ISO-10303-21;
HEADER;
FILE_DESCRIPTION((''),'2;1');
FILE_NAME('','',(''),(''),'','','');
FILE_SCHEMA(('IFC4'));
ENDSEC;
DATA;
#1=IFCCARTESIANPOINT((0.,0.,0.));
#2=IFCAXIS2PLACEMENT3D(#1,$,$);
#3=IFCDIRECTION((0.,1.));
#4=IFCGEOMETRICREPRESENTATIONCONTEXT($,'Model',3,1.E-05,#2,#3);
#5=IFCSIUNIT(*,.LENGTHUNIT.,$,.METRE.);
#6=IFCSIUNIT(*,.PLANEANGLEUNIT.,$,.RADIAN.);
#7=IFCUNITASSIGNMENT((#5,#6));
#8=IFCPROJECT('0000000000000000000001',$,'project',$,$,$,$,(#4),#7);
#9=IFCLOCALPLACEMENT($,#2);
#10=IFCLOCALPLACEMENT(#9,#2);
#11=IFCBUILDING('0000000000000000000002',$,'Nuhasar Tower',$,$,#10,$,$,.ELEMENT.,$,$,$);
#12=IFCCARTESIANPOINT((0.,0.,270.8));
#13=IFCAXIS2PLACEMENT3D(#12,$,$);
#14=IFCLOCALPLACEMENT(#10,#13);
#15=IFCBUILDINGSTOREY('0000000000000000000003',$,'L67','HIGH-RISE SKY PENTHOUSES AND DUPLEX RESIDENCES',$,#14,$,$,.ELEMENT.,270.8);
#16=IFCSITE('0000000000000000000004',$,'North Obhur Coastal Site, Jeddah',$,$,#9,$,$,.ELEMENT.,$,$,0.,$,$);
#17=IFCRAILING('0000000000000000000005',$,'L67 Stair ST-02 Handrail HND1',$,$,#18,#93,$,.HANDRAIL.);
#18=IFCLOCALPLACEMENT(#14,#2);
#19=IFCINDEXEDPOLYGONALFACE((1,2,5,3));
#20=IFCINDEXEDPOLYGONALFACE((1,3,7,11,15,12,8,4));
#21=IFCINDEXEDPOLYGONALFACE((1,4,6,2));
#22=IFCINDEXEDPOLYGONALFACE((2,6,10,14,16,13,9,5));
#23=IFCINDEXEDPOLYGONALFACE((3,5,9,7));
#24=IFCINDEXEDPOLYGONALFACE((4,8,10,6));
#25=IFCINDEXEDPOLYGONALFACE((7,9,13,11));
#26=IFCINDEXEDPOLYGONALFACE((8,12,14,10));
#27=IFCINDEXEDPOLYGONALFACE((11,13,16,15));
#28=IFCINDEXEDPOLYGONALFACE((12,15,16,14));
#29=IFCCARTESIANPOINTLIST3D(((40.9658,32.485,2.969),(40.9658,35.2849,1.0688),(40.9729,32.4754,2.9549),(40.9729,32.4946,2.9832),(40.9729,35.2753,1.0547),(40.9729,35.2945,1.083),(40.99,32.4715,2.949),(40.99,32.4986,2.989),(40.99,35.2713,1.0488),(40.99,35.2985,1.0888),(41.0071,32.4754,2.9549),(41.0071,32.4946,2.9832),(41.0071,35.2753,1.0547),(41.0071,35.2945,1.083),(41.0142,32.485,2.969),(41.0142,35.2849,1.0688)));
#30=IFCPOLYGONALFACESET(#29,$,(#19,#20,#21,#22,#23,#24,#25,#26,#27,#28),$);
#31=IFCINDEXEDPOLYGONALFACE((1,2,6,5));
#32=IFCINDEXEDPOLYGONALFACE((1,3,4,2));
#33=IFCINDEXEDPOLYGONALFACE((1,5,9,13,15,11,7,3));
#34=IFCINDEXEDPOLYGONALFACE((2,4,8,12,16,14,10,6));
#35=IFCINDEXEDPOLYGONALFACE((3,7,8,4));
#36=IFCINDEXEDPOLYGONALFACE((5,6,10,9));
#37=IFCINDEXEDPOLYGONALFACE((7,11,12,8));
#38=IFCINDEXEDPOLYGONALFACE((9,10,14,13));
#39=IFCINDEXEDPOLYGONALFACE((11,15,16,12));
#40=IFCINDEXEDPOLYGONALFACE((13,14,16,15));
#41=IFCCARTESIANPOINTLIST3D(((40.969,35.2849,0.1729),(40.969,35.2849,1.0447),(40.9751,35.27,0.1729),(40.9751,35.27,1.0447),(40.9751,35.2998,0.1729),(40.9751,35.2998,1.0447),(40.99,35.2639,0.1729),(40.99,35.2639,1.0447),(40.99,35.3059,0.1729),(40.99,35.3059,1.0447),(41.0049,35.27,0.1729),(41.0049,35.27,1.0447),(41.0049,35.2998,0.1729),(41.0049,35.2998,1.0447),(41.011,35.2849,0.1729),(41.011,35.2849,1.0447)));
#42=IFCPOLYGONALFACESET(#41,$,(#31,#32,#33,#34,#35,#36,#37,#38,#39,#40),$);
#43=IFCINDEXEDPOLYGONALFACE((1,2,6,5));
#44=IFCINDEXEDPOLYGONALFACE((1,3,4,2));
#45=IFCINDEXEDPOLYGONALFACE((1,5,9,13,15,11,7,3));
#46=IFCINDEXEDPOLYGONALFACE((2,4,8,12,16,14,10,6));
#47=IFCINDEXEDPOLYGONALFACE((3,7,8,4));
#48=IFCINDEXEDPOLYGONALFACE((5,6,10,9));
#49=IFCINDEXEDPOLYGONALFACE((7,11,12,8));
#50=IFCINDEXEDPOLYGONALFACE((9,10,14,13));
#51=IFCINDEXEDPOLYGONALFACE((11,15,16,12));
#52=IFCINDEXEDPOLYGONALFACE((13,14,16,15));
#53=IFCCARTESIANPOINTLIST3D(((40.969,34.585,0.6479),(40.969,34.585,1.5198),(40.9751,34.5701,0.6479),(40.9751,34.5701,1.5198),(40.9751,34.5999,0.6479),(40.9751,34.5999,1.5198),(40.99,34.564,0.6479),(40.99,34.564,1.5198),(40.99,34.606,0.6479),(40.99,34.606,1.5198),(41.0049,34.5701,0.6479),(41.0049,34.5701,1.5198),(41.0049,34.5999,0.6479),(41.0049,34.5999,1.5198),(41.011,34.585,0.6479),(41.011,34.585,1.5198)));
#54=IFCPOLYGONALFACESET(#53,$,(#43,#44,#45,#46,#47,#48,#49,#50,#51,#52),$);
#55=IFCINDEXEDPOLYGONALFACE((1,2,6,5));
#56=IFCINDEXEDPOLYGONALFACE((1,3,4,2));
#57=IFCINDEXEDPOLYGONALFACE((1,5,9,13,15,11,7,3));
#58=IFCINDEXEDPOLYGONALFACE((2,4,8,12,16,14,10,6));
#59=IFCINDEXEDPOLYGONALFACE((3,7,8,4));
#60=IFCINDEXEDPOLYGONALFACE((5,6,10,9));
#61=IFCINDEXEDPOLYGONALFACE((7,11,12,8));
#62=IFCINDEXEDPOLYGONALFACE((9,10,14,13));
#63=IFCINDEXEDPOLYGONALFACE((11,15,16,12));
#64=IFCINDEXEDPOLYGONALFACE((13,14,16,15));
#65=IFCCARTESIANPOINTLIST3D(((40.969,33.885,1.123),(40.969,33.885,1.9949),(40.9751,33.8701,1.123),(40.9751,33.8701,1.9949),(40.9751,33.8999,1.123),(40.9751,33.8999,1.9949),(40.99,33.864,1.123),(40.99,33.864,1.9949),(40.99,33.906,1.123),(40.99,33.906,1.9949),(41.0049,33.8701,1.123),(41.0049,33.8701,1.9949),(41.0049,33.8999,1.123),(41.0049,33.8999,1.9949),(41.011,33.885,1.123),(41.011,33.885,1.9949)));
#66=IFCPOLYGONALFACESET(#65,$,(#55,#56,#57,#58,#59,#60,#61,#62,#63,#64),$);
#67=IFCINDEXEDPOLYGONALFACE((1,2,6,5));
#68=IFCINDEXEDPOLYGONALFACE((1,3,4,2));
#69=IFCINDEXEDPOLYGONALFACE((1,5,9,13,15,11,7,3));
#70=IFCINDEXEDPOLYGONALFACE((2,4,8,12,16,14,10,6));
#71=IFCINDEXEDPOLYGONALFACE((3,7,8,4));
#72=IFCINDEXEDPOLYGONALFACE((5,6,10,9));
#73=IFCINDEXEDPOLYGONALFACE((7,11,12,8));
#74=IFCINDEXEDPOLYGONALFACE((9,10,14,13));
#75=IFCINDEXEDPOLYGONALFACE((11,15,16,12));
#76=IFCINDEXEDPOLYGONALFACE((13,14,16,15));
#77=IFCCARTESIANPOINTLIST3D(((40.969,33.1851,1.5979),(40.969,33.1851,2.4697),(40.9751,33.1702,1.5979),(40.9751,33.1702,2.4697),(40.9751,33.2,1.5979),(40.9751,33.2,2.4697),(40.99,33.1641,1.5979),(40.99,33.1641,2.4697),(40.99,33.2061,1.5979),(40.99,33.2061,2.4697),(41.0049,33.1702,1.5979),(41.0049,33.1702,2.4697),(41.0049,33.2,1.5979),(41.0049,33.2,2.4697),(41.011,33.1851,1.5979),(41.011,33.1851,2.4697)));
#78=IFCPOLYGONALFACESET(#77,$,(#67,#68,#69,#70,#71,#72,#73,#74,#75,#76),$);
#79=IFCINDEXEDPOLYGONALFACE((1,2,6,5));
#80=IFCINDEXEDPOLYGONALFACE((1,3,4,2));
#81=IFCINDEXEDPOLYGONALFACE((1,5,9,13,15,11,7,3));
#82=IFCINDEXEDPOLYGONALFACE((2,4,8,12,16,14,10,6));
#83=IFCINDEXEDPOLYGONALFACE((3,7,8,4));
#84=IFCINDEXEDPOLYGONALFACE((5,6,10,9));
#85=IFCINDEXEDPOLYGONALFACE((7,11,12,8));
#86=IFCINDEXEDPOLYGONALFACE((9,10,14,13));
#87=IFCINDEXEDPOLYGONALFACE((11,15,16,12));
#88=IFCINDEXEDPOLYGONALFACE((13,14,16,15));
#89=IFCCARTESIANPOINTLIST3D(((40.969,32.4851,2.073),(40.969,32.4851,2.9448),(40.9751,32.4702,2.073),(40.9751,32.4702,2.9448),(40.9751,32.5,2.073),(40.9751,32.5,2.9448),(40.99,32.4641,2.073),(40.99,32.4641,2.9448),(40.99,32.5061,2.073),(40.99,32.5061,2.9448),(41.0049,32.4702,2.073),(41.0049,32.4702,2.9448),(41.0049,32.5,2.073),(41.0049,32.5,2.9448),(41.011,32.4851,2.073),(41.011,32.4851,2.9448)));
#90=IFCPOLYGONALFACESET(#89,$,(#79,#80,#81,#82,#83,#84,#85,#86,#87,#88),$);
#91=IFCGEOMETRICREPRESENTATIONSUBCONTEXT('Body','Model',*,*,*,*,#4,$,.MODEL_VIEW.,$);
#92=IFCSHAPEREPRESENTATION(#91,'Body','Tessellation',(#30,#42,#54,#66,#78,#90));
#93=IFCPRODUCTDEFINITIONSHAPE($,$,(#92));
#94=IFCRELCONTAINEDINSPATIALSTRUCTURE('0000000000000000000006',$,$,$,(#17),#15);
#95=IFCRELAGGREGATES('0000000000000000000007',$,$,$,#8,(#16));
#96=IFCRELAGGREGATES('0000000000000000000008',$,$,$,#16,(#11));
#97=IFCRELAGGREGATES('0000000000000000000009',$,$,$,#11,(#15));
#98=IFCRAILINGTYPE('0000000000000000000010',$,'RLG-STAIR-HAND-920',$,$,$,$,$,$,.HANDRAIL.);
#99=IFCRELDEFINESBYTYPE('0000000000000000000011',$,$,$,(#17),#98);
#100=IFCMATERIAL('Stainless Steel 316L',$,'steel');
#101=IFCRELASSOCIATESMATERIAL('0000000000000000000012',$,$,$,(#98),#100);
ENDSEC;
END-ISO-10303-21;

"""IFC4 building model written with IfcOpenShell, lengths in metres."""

from ifc_helpers import new_model, si_unit, direction, frame, origin, place, context, subcontext, project, spatial, polyline, outline, extrude, material, type_object, element, save


model = new_model("IFC4")

# Units and contexts
model_context = context("Model", 3, precision=1e-05, world=origin(), true_north=direction((0.0, 1.0)))
body_context = subcontext(model_context, "Body", "Model", "MODEL_VIEW")
ifc_project = project(units=[si_unit("LENGTHUNIT", "METRE"), si_unit("PLANEANGLEUNIT", "RADIAN")], contexts=[model_context])

# Site, building, storey
site_placement = place(None, origin())
site = spatial("IfcSite", under=ifc_project, at=site_placement, Name="North Obhur Coastal Site, Jeddah", CompositionType="ELEMENT", RefElevation=0.0)
building_placement = place(site_placement, origin())
building = spatial("IfcBuilding", under=site, at=building_placement, Name="Nuhasar Tower", CompositionType="ELEMENT")
storey_placement = place(building_placement, frame((0.0, 0.0, 270.8)))
storey = spatial("IfcBuildingStorey", under=building, at=storey_placement, Name="L67", Description="HIGH-RISE SKY PENTHOUSES AND DUPLEX RESIDENCES", CompositionType="ELEMENT", Elevation=270.8)

# Railing
ifc_material_1 = material(Name="Stainless Steel 316L", Category="steel")
railing_type_1 = type_object("IfcRailingType", Name="RLG-STAIR-HAND-920", PredefinedType="HANDRAIL", material=ifc_material_1)
railing_1_placement = place(storey_placement, frame((40.99, 35.2849, 0.1729)))
element("IfcRailing", 1, at=railing_1_placement, inside=storey, type_object=railing_type_1, Name="L67 Stair ST-02 Handrail HND1", PredefinedType="HANDRAIL", context=body_context, shape_type="SweptSolid", body=[
    extrude(outline(polyline([(0.0242, 0.0), (0.0171, 0.0171), (0.0, 0.0242), (-0.0171, 0.0171), (-0.0242, 0.0), (-0.0171, -0.0171), (0.0, -0.0242), (0.0171, -0.0171), (0.0242, 0.0)])), frame((0.0, 0.0, 0.896), z_axis=(0.0, -0.827437, 0.561558), x_axis=(1.0, 0.0, 0.0)), (0.0, 0.0, 1.0), 3.3838),
    extrude(outline(polyline([(0.021, 0.0), (0.0149, 0.0149), (0.0, 0.021), (-0.0149, 0.0149), (-0.021, 0.0), (-0.0149, -0.0149), (0.0, -0.021), (0.0149, -0.0149), (0.021, 0.0)])), origin(), (0.0, 0.0, 1.0), 0.8718),
    extrude(outline(polyline([(0.021, 0.0), (0.0149, 0.0149), (0.0, 0.021), (-0.0149, 0.0149), (-0.021, 0.0), (-0.0149, -0.0149), (0.0, -0.021), (0.0149, -0.0149), (0.021, 0.0)])), frame((0.0, -0.7, 0.4751)), (0.0, 0.0, 1.0), 0.8718),
    extrude(outline(polyline([(0.021, 0.0), (0.0149, 0.0149), (0.0, 0.021), (-0.0149, 0.0149), (-0.021, 0.0), (-0.0149, -0.0149), (0.0, -0.021), (0.0149, -0.0149), (0.021, 0.0)])), frame((0.0, -1.3999, 0.9502)), (0.0, 0.0, 1.0), 0.8718),
    extrude(outline(polyline([(0.021, 0.0), (0.0149, 0.0149), (0.0, 0.021), (-0.0149, 0.0149), (-0.021, 0.0), (-0.0149, -0.0149), (0.0, -0.021), (0.0149, -0.0149), (0.021, 0.0)])), frame((0.0, -2.0999, 1.425)), (0.0, 0.0, 1.0), 0.8718),
    extrude(outline(polyline([(0.021, 0.0), (0.0149, 0.0149), (0.0, 0.021), (-0.0149, 0.0149), (-0.021, 0.0), (-0.0149, -0.0149), (0.0, -0.021), (0.0149, -0.0149), (0.021, 0.0)])), frame((0.0, -2.7998, 1.9001)), (0.0, 0.0, 1.0), 0.8718),
])

save(model, "model.ifc")
